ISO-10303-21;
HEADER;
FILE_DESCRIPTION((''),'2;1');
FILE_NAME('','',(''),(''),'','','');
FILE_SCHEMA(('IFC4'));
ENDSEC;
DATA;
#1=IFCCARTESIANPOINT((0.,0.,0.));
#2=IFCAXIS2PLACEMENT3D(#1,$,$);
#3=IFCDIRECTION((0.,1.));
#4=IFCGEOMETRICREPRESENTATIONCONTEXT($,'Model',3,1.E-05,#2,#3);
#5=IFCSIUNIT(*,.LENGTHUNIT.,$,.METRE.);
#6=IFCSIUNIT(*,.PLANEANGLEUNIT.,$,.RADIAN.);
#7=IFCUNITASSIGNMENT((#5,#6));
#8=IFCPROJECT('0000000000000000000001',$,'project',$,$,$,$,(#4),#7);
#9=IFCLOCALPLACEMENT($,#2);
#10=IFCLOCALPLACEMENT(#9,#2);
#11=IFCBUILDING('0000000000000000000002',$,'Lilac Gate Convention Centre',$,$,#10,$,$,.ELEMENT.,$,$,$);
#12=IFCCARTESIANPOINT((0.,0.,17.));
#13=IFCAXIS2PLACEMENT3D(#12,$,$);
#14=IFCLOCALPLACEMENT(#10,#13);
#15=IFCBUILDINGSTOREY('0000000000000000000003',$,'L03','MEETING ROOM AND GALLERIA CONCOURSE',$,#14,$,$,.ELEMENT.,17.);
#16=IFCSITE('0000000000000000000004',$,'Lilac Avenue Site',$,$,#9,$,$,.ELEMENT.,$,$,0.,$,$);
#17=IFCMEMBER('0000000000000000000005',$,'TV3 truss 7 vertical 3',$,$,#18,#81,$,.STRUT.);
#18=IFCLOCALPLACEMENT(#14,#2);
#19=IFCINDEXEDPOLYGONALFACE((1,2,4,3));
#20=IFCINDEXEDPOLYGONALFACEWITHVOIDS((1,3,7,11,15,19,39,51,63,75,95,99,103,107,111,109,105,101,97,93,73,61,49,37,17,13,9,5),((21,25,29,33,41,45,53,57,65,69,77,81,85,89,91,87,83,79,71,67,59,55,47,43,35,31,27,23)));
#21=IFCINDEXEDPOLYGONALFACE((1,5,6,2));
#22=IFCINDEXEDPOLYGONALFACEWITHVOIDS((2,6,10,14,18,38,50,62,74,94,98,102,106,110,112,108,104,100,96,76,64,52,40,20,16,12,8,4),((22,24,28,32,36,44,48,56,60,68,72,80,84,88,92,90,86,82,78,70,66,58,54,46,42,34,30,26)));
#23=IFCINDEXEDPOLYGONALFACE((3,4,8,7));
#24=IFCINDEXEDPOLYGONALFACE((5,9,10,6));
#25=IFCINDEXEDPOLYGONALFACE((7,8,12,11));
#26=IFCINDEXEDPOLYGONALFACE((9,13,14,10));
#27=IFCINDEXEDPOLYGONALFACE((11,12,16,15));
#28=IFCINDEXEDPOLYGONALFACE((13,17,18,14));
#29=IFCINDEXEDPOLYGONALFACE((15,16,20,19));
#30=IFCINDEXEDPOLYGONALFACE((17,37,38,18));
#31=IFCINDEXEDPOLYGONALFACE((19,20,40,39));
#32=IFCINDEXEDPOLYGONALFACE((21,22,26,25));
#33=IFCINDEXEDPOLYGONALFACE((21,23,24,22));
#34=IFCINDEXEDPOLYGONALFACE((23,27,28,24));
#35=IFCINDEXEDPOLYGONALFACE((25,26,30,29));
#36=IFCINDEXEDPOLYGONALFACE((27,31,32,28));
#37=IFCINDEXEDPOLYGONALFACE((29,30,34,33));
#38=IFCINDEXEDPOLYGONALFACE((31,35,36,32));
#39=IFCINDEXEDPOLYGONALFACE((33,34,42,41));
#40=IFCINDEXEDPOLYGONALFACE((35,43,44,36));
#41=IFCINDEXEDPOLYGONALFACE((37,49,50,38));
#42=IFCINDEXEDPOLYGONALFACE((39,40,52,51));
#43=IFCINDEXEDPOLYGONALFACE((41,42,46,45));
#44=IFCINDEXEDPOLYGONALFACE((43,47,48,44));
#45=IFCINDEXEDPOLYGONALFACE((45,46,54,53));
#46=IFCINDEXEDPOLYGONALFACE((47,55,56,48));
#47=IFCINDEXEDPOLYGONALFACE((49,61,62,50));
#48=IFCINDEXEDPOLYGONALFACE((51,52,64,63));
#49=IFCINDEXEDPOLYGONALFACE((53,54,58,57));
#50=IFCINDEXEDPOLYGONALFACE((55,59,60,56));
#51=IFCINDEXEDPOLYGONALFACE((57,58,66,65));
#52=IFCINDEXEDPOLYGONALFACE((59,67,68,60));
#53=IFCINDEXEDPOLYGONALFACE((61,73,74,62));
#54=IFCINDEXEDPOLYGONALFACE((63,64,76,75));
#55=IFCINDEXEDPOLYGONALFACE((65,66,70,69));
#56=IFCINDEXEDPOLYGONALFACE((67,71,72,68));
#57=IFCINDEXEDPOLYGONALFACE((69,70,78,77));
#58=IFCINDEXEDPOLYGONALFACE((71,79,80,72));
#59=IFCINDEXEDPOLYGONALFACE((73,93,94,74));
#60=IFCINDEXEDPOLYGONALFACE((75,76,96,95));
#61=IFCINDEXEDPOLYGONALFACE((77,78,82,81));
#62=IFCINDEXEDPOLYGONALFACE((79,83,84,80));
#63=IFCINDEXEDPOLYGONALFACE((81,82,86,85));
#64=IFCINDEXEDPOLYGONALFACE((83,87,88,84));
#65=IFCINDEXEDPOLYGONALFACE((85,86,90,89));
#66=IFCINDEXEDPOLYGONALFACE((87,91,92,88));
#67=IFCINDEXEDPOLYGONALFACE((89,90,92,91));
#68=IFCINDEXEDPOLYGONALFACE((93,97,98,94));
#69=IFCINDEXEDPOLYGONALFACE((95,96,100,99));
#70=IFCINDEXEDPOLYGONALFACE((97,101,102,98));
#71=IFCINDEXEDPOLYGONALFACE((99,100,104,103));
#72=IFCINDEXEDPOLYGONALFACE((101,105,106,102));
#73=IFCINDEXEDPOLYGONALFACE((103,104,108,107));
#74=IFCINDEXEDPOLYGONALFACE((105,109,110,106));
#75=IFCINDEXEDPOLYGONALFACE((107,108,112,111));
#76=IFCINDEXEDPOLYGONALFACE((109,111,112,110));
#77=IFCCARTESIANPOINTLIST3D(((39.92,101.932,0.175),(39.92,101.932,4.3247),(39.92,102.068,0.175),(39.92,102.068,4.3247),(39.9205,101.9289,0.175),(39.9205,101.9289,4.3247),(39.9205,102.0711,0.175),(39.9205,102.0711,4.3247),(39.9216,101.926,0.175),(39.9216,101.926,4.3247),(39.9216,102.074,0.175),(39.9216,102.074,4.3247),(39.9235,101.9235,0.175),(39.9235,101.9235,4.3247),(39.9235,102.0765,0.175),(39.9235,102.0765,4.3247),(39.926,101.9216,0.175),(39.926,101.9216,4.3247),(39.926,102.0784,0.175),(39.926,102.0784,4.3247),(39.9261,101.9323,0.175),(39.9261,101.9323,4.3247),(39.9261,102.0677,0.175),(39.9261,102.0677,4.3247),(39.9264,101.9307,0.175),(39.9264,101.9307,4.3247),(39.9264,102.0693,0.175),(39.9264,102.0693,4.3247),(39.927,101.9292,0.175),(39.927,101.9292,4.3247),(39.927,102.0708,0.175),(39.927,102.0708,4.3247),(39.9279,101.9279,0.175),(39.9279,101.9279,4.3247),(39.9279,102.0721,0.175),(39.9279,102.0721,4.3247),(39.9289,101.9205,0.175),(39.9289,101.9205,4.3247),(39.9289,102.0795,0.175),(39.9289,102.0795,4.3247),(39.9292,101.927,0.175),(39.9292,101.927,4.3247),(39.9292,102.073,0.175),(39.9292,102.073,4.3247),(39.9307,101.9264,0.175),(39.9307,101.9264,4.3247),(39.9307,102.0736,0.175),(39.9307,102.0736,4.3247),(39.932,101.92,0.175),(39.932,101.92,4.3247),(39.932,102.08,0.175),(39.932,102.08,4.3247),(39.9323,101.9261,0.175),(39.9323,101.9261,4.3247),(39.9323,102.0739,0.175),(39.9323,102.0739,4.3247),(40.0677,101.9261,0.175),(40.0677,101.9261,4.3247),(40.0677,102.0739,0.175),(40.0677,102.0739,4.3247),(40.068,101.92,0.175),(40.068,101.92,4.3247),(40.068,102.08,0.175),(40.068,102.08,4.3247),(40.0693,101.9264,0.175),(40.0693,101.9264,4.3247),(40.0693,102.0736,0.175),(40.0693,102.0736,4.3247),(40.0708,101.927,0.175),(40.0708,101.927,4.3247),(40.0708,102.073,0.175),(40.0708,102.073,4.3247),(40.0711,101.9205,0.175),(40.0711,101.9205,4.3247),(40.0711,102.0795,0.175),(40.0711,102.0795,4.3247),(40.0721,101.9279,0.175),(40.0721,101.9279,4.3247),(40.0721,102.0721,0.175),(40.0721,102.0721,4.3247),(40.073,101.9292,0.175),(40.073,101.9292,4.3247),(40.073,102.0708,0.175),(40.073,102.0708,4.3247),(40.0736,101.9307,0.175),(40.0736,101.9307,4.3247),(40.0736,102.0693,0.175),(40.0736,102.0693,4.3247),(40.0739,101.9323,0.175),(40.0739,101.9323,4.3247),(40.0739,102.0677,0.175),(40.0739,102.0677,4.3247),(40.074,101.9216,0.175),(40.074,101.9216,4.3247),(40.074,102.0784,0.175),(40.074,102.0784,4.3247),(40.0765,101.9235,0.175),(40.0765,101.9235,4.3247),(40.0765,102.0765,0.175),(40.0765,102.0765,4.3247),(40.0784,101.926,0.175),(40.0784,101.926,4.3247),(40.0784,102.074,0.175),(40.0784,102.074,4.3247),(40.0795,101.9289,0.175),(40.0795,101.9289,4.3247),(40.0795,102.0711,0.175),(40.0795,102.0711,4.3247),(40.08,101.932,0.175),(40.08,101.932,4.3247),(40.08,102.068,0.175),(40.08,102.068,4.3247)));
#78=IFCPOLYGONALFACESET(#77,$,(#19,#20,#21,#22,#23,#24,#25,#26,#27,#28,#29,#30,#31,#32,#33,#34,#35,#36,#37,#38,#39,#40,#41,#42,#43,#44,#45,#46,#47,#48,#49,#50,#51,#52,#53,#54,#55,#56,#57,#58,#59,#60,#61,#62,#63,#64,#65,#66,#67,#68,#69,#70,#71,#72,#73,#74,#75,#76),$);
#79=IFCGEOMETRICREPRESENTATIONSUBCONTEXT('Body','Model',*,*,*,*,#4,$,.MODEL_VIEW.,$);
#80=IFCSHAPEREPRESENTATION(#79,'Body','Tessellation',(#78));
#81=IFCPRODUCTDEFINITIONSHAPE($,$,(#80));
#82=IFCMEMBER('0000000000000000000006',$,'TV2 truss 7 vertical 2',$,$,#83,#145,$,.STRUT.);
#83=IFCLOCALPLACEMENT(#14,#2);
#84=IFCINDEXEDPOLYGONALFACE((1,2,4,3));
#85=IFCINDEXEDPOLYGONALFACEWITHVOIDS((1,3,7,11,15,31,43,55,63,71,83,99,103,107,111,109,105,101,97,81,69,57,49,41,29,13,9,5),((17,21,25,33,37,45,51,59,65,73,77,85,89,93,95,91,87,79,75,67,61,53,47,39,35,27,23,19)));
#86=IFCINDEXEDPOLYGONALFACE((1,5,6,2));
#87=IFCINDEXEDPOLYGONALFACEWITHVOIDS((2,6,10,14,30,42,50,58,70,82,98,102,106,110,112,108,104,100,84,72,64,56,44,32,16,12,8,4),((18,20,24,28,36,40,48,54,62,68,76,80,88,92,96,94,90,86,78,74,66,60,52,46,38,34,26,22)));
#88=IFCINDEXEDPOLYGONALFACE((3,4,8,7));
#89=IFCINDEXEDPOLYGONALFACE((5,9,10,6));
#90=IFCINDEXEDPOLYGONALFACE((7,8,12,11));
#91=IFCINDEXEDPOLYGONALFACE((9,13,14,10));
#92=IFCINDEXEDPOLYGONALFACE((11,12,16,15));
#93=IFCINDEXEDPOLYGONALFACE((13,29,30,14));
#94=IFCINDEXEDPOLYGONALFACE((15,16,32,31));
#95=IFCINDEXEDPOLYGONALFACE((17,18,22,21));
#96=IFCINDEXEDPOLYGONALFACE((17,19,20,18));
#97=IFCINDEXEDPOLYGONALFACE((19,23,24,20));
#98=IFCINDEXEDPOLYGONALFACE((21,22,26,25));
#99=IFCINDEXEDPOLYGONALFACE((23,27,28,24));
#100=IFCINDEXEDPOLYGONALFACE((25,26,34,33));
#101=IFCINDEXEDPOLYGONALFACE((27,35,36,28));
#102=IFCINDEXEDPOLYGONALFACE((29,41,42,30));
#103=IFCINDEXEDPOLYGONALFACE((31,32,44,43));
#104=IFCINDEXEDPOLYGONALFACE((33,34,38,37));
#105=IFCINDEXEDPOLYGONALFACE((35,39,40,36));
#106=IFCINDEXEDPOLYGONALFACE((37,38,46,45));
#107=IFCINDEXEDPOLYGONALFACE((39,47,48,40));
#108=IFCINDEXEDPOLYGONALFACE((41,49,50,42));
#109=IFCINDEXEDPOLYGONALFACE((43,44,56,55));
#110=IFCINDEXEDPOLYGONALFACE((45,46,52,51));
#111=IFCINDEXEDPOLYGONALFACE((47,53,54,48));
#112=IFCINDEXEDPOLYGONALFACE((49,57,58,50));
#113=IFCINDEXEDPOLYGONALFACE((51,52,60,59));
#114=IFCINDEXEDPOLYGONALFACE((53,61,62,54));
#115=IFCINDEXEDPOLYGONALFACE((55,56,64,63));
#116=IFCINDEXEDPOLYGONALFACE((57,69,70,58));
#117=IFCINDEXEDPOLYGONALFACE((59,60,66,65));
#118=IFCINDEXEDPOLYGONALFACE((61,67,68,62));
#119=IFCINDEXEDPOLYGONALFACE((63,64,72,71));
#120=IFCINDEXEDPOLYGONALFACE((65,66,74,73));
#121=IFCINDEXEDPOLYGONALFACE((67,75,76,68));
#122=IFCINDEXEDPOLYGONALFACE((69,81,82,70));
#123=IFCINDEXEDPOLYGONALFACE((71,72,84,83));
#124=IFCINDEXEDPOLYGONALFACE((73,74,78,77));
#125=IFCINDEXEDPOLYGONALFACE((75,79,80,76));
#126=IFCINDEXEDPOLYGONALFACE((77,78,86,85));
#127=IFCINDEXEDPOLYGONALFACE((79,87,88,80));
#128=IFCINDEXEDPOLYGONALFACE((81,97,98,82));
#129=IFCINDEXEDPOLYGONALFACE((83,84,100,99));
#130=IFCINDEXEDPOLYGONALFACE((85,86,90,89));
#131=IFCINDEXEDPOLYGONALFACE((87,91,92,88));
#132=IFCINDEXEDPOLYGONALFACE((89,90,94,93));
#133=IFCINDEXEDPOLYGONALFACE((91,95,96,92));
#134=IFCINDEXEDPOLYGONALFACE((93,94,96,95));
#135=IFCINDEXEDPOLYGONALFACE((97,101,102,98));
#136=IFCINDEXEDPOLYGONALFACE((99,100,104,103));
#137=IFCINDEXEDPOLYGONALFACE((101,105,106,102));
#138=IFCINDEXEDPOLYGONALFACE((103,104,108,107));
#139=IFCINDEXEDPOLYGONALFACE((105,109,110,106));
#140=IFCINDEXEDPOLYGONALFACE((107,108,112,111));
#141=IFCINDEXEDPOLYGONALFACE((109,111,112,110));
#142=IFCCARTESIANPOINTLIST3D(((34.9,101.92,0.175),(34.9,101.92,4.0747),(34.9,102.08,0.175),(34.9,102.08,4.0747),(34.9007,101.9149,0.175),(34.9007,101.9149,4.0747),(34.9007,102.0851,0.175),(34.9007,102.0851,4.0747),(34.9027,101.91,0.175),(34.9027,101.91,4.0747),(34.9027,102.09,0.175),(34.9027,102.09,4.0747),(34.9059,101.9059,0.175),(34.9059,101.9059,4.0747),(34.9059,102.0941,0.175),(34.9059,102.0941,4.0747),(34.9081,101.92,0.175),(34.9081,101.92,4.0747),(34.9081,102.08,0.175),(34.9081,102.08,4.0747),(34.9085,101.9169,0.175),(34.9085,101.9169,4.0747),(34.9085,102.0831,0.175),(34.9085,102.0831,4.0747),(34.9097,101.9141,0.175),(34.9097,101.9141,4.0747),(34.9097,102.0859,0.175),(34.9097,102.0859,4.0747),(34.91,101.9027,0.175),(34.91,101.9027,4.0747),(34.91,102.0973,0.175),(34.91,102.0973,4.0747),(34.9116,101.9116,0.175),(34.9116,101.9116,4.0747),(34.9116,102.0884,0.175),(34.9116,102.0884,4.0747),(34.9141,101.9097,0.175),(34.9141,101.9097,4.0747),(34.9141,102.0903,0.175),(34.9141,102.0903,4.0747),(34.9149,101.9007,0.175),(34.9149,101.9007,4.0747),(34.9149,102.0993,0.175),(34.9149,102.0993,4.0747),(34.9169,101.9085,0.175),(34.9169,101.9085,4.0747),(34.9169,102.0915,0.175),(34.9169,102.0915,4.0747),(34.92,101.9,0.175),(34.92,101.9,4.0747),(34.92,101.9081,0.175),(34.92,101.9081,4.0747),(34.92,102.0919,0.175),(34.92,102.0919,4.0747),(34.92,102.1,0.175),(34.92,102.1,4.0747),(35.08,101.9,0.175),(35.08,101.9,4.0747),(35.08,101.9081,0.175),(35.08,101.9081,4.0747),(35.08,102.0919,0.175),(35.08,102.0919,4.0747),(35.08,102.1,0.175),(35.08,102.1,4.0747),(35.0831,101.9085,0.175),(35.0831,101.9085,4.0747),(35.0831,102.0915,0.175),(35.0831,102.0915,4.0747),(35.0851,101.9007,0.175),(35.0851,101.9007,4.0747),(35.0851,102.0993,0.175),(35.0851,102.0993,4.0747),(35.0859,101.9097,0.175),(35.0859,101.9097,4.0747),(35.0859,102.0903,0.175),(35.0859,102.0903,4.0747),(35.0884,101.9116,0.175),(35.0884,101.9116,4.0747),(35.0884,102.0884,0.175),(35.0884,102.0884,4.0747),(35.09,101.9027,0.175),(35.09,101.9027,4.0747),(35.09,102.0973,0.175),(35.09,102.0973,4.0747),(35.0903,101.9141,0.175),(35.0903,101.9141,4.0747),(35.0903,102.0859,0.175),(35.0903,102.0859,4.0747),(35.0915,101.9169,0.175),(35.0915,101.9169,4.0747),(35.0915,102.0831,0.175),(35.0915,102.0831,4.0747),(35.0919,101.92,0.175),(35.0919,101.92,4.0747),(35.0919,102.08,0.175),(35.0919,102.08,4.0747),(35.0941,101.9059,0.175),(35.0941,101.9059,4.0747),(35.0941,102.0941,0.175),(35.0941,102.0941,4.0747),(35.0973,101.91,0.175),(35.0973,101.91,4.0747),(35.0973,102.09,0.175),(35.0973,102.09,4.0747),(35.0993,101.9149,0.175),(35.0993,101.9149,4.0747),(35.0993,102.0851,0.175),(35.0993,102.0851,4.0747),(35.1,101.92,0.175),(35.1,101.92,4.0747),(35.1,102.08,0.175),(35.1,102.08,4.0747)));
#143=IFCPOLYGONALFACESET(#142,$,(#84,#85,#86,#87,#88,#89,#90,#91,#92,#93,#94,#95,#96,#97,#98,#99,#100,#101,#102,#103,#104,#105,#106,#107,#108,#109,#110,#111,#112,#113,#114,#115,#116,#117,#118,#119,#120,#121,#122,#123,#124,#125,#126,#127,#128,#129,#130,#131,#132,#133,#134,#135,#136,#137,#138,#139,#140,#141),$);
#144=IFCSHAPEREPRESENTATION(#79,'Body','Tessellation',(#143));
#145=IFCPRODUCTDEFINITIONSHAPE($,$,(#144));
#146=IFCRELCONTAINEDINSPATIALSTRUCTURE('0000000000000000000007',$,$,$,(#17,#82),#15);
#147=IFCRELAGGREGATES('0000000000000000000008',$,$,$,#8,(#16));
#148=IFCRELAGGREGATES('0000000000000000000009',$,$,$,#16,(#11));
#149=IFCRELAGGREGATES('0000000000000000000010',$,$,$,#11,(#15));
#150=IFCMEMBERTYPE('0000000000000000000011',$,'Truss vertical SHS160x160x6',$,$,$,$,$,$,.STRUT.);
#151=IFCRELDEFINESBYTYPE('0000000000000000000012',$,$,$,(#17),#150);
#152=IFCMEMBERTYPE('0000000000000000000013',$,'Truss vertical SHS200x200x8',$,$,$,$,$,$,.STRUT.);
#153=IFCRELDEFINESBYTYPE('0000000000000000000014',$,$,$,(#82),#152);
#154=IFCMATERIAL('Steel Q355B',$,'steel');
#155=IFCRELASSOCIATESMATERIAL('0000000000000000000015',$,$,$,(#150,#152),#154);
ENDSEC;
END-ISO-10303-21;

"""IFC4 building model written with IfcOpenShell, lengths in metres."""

from ifc_helpers import new_model, si_unit, direction, frame, origin, origin_2d, place, context, subcontext, project, spatial, hollow_rectangle, extrude, material, material_profile, profile_set, type_object, element, save


model = new_model("IFC4")

# Units and contexts
model_context = context("Model", 3, precision=1e-05, world=origin(), true_north=direction((0.0, 1.0)))
body_context = subcontext(model_context, "Body", "Model", "MODEL_VIEW")
ifc_project = project(units=[si_unit("LENGTHUNIT", "METRE"), si_unit("PLANEANGLEUNIT", "RADIAN")], contexts=[model_context])

# Site, building, storey
site_placement = place(None, origin())
site = spatial("IfcSite", under=ifc_project, at=site_placement, Name="Lilac Avenue Site", CompositionType="ELEMENT", RefElevation=0.0)
building_placement = place(site_placement, origin())
building = spatial("IfcBuilding", under=site, at=building_placement, Name="Lilac Gate Convention Centre", CompositionType="ELEMENT")
storey_placement = place(building_placement, frame((0.0, 0.0, 17.0)))
storey = spatial("IfcBuildingStorey", under=building, at=storey_placement, Name="L03", Description="MEETING ROOM AND GALLERIA CONCOURSE", CompositionType="ELEMENT", Elevation=17.0)

# Members
ifc_material = material(Name="Steel Q355B", Category="steel")
ifc_material_profile_1 = material_profile(ifc_material, hollow_rectangle(XDim=0.1599, YDim=0.1599, WallThickness=0.0061, InnerFilletRadius=0.0061, OuterFilletRadius=0.012, at=origin_2d()), Name="SHS160x160x6")
ifc_profile_set_1 = profile_set([ifc_material_profile_1], Name="Steel Q355B")
member_type_1 = type_object("IfcMemberType", Name="Truss vertical SHS160x160x6", PredefinedType="STRUT", material=ifc_profile_set_1)
member_1_placement = place(storey_placement, frame((40.0, 102.0, 0.175), z_axis=(0.0, 0.0, 1.0), x_axis=(1.0, 0.0, 0.0)))
element("IfcMember", 1, at=member_1_placement, inside=storey, type_object=member_type_1, Name="TV3 truss 7 vertical 3", PredefinedType="STRUT", context=body_context, shape_type="SweptSolid", body=[
    extrude(hollow_rectangle(XDim=0.1599, YDim=0.1599, WallThickness=0.0061, InnerFilletRadius=0.0061, OuterFilletRadius=0.012, at=origin_2d()), origin(), (0.0, 0.0, 1.0), 4.1497),
])
ifc_material_profile_2 = material_profile(ifc_material, hollow_rectangle(XDim=0.2, YDim=0.2, WallThickness=0.0081, InnerFilletRadius=0.012, OuterFilletRadius=0.02, at=origin_2d()), Name="SHS200x200x8")
ifc_profile_set_2 = profile_set([ifc_material_profile_2], Name="Steel Q355B")
member_type_2 = type_object("IfcMemberType", Name="Truss vertical SHS200x200x8", PredefinedType="STRUT", material=ifc_profile_set_2)
member_2_placement = place(storey_placement, frame((35.0, 102.0, 0.175), z_axis=(0.0, 0.0, 1.0), x_axis=(1.0, 0.0, 0.0)))
element("IfcMember", 2, at=member_2_placement, inside=storey, type_object=member_type_2, Name="TV2 truss 7 vertical 2", PredefinedType="STRUT", context=body_context, shape_type="SweptSolid", body=[
    extrude(hollow_rectangle(XDim=0.2, YDim=0.2, WallThickness=0.0081, InnerFilletRadius=0.012, OuterFilletRadius=0.02, at=origin_2d()), origin(), (0.0, 0.0, 1.0), 3.8997),
])

save(model, "model.ifc")
